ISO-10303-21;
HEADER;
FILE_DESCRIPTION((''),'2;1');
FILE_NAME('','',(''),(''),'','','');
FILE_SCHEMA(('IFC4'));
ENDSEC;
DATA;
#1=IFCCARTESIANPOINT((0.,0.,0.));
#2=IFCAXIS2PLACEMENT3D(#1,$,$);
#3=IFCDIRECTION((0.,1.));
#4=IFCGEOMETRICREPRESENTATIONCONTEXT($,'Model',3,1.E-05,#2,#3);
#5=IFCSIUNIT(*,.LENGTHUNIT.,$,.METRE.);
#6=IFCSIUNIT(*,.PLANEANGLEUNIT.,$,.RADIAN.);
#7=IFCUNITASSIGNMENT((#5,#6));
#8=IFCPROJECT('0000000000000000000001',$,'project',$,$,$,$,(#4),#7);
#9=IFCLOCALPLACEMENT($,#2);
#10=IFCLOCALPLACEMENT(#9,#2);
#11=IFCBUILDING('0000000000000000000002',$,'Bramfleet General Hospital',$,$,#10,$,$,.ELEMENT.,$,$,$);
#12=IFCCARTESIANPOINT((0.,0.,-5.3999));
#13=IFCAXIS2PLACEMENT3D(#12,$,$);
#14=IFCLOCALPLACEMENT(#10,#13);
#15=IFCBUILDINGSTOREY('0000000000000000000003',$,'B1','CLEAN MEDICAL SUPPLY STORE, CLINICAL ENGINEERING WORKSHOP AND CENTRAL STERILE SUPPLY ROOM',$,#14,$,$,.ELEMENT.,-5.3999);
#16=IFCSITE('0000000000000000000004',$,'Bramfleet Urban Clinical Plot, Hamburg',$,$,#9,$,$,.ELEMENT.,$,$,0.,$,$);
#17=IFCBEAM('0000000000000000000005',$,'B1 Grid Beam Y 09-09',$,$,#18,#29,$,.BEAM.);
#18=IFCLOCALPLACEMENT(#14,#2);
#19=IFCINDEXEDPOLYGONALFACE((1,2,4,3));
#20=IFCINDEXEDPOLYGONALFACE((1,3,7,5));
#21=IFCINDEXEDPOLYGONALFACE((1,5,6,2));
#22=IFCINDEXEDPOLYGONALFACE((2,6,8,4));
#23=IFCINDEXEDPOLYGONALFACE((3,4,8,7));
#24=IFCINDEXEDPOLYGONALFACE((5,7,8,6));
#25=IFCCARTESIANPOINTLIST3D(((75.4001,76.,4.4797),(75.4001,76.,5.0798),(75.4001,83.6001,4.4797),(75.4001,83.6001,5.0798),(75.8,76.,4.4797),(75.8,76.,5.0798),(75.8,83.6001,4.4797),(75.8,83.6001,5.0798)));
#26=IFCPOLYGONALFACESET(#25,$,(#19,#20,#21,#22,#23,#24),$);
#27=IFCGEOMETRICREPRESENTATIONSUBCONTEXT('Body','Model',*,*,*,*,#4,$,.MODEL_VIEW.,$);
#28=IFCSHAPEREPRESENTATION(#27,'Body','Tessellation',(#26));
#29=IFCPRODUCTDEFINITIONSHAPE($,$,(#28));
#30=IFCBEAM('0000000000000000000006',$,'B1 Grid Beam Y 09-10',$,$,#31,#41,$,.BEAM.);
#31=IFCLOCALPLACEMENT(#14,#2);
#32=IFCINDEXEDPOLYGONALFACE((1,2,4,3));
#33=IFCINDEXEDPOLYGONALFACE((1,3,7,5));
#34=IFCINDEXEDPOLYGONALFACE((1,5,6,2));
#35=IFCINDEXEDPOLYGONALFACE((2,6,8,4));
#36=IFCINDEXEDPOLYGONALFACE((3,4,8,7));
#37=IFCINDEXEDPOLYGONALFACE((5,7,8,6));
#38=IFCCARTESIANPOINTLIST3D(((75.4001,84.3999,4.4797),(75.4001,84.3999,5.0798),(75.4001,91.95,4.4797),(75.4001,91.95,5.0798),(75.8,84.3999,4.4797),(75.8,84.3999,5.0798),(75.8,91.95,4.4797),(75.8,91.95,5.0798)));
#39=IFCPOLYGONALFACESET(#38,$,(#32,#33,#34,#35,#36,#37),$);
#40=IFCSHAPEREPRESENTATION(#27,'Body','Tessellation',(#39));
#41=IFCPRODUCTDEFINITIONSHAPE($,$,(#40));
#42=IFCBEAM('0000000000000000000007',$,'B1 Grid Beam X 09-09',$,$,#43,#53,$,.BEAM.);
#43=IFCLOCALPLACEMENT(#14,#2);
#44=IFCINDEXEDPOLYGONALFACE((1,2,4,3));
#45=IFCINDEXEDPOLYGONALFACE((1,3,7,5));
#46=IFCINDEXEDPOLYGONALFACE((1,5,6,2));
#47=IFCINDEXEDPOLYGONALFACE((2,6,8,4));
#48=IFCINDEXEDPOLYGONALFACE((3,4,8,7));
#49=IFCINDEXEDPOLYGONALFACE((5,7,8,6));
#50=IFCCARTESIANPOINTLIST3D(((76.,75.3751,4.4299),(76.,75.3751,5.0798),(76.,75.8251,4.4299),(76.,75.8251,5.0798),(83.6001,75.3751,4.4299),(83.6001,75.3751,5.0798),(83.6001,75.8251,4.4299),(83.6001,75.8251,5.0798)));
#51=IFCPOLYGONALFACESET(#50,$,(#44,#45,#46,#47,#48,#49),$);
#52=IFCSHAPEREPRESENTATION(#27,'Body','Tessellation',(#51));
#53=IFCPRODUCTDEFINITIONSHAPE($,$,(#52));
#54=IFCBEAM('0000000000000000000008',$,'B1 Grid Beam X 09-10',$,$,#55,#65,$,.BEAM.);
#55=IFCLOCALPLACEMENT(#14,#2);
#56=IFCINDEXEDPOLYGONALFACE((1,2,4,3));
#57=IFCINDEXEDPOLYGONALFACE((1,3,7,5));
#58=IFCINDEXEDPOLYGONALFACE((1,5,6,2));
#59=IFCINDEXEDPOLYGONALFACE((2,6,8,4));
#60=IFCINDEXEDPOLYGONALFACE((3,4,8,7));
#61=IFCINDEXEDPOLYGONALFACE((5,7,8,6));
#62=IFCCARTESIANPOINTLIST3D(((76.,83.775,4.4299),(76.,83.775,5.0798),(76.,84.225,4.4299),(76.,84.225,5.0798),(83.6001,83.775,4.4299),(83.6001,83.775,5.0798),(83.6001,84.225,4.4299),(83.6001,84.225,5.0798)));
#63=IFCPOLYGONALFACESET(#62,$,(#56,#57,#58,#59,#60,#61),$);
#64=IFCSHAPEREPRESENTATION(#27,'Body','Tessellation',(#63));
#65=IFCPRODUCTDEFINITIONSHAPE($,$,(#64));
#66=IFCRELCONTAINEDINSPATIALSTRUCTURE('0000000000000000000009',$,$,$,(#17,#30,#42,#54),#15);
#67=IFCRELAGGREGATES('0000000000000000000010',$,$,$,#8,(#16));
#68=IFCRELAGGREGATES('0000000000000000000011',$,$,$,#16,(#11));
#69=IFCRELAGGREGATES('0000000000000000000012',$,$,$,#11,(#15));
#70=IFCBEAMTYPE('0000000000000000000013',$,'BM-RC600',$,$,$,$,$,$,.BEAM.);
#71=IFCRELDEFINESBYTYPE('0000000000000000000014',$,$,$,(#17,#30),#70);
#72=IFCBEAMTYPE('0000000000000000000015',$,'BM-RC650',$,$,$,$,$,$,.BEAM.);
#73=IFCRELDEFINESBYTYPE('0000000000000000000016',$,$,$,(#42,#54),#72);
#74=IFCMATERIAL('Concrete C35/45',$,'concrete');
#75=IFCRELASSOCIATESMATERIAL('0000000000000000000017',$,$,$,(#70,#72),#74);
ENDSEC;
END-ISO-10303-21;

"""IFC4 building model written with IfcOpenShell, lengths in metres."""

from ifc_helpers import new_model, si_unit, direction, frame, origin, origin_2d, place, context, subcontext, project, spatial, rectangle, extrude, material, material_profile, profile_set, type_object, element, save


model = new_model("IFC4")

# Units and contexts
model_context = context("Model", 3, precision=1e-05, world=origin(), true_north=direction((0.0, 1.0)))
body_context = subcontext(model_context, "Body", "Model", "MODEL_VIEW")
ifc_project = project(units=[si_unit("LENGTHUNIT", "METRE"), si_unit("PLANEANGLEUNIT", "RADIAN")], contexts=[model_context])

# Site, building, storey
site_placement = place(None, origin())
site = spatial("IfcSite", under=ifc_project, at=site_placement, Name="Bramfleet Urban Clinical Plot, Hamburg", CompositionType="ELEMENT", RefElevation=0.0)
building_placement = place(site_placement, origin())
building = spatial("IfcBuilding", under=site, at=building_placement, Name="Bramfleet General Hospital", CompositionType="ELEMENT")
storey_placement = place(building_placement, frame((0.0, 0.0, -5.3999)))
storey = spatial("IfcBuildingStorey", under=building, at=storey_placement, Name="B1", Description="CLEAN MEDICAL SUPPLY STORE, CLINICAL ENGINEERING WORKSHOP AND CENTRAL STERILE SUPPLY ROOM", CompositionType="ELEMENT", Elevation=-5.3999)

# Shared definitions
ifc_material_1 = material(Name="Concrete C35/45", Category="concrete")

# Beams
ifc_material_profile_1 = material_profile(ifc_material_1, rectangle(XDim=0.3999, YDim=0.6001, at=origin_2d()), Name="RC BM 600x400")
ifc_profile_set_1 = profile_set([ifc_material_profile_1], Name="Concrete C35/45")
beam_type_1 = type_object("IfcBeamType", Name="BM-RC600", PredefinedType="BEAM", material=ifc_profile_set_1)
beam_1_placement = place(storey_placement, frame((75.6001, 76.0, 4.7798), z_axis=(0.0, 1.0, 0.0), x_axis=(-1.0, 0.0, 0.0)))
element("IfcBeam", 1, at=beam_1_placement, inside=storey, type_object=beam_type_1, Name="B1 Grid Beam Y 09-09", PredefinedType="BEAM", context=body_context, shape_type="SweptSolid", body=[
    extrude(rectangle(XDim=0.3999, YDim=0.6001, at=origin_2d()), origin(), (0.0, 0.0, 1.0), 7.6001),
])
beam_2_placement = place(storey_placement, frame((75.6001, 84.3999, 4.7798), z_axis=(0.0, 1.0, 0.0), x_axis=(-1.0, 0.0, 0.0)))
element("IfcBeam", 2, at=beam_2_placement, inside=storey, type_object=beam_type_1, Name="B1 Grid Beam Y 09-10", PredefinedType="BEAM", context=body_context, shape_type="SweptSolid", body=[
    extrude(rectangle(XDim=0.3999, YDim=0.6001, at=origin_2d()), origin(), (0.0, 0.0, 1.0), 7.55),
])
ifc_material_profile_2 = material_profile(ifc_material_1, rectangle(XDim=0.45, YDim=0.6499, at=origin_2d()), Name="RC BM 650x450")
ifc_profile_set_2 = profile_set([ifc_material_profile_2], Name="Concrete C35/45")
beam_type_2 = type_object("IfcBeamType", Name="BM-RC650", PredefinedType="BEAM", material=ifc_profile_set_2)
for number, where, z_axis, x_axis, name in (
    (3, (76.0, 75.6001, 4.7549), (1.0, 0.0, 0.0), (0.0, 1.0, 0.0), "B1 Grid Beam X 09-09"),
    (4, (76.0, 84.0, 4.7549), (1.0, 0.0, 0.0), (0.0, 1.0, 0.0), "B1 Grid Beam X 09-10"),
):
    element("IfcBeam", number, at=place(storey_placement, frame(where, z_axis=z_axis, x_axis=x_axis)), inside=storey, type_object=beam_type_2, Name=name, PredefinedType="BEAM", context=body_context, shape_type="SweptSolid", body=[
        extrude(rectangle(XDim=0.45, YDim=0.6499, at=origin_2d()), origin(), (0.0, 0.0, 1.0), 7.6001),
    ])

save(model, "model.ifc")
